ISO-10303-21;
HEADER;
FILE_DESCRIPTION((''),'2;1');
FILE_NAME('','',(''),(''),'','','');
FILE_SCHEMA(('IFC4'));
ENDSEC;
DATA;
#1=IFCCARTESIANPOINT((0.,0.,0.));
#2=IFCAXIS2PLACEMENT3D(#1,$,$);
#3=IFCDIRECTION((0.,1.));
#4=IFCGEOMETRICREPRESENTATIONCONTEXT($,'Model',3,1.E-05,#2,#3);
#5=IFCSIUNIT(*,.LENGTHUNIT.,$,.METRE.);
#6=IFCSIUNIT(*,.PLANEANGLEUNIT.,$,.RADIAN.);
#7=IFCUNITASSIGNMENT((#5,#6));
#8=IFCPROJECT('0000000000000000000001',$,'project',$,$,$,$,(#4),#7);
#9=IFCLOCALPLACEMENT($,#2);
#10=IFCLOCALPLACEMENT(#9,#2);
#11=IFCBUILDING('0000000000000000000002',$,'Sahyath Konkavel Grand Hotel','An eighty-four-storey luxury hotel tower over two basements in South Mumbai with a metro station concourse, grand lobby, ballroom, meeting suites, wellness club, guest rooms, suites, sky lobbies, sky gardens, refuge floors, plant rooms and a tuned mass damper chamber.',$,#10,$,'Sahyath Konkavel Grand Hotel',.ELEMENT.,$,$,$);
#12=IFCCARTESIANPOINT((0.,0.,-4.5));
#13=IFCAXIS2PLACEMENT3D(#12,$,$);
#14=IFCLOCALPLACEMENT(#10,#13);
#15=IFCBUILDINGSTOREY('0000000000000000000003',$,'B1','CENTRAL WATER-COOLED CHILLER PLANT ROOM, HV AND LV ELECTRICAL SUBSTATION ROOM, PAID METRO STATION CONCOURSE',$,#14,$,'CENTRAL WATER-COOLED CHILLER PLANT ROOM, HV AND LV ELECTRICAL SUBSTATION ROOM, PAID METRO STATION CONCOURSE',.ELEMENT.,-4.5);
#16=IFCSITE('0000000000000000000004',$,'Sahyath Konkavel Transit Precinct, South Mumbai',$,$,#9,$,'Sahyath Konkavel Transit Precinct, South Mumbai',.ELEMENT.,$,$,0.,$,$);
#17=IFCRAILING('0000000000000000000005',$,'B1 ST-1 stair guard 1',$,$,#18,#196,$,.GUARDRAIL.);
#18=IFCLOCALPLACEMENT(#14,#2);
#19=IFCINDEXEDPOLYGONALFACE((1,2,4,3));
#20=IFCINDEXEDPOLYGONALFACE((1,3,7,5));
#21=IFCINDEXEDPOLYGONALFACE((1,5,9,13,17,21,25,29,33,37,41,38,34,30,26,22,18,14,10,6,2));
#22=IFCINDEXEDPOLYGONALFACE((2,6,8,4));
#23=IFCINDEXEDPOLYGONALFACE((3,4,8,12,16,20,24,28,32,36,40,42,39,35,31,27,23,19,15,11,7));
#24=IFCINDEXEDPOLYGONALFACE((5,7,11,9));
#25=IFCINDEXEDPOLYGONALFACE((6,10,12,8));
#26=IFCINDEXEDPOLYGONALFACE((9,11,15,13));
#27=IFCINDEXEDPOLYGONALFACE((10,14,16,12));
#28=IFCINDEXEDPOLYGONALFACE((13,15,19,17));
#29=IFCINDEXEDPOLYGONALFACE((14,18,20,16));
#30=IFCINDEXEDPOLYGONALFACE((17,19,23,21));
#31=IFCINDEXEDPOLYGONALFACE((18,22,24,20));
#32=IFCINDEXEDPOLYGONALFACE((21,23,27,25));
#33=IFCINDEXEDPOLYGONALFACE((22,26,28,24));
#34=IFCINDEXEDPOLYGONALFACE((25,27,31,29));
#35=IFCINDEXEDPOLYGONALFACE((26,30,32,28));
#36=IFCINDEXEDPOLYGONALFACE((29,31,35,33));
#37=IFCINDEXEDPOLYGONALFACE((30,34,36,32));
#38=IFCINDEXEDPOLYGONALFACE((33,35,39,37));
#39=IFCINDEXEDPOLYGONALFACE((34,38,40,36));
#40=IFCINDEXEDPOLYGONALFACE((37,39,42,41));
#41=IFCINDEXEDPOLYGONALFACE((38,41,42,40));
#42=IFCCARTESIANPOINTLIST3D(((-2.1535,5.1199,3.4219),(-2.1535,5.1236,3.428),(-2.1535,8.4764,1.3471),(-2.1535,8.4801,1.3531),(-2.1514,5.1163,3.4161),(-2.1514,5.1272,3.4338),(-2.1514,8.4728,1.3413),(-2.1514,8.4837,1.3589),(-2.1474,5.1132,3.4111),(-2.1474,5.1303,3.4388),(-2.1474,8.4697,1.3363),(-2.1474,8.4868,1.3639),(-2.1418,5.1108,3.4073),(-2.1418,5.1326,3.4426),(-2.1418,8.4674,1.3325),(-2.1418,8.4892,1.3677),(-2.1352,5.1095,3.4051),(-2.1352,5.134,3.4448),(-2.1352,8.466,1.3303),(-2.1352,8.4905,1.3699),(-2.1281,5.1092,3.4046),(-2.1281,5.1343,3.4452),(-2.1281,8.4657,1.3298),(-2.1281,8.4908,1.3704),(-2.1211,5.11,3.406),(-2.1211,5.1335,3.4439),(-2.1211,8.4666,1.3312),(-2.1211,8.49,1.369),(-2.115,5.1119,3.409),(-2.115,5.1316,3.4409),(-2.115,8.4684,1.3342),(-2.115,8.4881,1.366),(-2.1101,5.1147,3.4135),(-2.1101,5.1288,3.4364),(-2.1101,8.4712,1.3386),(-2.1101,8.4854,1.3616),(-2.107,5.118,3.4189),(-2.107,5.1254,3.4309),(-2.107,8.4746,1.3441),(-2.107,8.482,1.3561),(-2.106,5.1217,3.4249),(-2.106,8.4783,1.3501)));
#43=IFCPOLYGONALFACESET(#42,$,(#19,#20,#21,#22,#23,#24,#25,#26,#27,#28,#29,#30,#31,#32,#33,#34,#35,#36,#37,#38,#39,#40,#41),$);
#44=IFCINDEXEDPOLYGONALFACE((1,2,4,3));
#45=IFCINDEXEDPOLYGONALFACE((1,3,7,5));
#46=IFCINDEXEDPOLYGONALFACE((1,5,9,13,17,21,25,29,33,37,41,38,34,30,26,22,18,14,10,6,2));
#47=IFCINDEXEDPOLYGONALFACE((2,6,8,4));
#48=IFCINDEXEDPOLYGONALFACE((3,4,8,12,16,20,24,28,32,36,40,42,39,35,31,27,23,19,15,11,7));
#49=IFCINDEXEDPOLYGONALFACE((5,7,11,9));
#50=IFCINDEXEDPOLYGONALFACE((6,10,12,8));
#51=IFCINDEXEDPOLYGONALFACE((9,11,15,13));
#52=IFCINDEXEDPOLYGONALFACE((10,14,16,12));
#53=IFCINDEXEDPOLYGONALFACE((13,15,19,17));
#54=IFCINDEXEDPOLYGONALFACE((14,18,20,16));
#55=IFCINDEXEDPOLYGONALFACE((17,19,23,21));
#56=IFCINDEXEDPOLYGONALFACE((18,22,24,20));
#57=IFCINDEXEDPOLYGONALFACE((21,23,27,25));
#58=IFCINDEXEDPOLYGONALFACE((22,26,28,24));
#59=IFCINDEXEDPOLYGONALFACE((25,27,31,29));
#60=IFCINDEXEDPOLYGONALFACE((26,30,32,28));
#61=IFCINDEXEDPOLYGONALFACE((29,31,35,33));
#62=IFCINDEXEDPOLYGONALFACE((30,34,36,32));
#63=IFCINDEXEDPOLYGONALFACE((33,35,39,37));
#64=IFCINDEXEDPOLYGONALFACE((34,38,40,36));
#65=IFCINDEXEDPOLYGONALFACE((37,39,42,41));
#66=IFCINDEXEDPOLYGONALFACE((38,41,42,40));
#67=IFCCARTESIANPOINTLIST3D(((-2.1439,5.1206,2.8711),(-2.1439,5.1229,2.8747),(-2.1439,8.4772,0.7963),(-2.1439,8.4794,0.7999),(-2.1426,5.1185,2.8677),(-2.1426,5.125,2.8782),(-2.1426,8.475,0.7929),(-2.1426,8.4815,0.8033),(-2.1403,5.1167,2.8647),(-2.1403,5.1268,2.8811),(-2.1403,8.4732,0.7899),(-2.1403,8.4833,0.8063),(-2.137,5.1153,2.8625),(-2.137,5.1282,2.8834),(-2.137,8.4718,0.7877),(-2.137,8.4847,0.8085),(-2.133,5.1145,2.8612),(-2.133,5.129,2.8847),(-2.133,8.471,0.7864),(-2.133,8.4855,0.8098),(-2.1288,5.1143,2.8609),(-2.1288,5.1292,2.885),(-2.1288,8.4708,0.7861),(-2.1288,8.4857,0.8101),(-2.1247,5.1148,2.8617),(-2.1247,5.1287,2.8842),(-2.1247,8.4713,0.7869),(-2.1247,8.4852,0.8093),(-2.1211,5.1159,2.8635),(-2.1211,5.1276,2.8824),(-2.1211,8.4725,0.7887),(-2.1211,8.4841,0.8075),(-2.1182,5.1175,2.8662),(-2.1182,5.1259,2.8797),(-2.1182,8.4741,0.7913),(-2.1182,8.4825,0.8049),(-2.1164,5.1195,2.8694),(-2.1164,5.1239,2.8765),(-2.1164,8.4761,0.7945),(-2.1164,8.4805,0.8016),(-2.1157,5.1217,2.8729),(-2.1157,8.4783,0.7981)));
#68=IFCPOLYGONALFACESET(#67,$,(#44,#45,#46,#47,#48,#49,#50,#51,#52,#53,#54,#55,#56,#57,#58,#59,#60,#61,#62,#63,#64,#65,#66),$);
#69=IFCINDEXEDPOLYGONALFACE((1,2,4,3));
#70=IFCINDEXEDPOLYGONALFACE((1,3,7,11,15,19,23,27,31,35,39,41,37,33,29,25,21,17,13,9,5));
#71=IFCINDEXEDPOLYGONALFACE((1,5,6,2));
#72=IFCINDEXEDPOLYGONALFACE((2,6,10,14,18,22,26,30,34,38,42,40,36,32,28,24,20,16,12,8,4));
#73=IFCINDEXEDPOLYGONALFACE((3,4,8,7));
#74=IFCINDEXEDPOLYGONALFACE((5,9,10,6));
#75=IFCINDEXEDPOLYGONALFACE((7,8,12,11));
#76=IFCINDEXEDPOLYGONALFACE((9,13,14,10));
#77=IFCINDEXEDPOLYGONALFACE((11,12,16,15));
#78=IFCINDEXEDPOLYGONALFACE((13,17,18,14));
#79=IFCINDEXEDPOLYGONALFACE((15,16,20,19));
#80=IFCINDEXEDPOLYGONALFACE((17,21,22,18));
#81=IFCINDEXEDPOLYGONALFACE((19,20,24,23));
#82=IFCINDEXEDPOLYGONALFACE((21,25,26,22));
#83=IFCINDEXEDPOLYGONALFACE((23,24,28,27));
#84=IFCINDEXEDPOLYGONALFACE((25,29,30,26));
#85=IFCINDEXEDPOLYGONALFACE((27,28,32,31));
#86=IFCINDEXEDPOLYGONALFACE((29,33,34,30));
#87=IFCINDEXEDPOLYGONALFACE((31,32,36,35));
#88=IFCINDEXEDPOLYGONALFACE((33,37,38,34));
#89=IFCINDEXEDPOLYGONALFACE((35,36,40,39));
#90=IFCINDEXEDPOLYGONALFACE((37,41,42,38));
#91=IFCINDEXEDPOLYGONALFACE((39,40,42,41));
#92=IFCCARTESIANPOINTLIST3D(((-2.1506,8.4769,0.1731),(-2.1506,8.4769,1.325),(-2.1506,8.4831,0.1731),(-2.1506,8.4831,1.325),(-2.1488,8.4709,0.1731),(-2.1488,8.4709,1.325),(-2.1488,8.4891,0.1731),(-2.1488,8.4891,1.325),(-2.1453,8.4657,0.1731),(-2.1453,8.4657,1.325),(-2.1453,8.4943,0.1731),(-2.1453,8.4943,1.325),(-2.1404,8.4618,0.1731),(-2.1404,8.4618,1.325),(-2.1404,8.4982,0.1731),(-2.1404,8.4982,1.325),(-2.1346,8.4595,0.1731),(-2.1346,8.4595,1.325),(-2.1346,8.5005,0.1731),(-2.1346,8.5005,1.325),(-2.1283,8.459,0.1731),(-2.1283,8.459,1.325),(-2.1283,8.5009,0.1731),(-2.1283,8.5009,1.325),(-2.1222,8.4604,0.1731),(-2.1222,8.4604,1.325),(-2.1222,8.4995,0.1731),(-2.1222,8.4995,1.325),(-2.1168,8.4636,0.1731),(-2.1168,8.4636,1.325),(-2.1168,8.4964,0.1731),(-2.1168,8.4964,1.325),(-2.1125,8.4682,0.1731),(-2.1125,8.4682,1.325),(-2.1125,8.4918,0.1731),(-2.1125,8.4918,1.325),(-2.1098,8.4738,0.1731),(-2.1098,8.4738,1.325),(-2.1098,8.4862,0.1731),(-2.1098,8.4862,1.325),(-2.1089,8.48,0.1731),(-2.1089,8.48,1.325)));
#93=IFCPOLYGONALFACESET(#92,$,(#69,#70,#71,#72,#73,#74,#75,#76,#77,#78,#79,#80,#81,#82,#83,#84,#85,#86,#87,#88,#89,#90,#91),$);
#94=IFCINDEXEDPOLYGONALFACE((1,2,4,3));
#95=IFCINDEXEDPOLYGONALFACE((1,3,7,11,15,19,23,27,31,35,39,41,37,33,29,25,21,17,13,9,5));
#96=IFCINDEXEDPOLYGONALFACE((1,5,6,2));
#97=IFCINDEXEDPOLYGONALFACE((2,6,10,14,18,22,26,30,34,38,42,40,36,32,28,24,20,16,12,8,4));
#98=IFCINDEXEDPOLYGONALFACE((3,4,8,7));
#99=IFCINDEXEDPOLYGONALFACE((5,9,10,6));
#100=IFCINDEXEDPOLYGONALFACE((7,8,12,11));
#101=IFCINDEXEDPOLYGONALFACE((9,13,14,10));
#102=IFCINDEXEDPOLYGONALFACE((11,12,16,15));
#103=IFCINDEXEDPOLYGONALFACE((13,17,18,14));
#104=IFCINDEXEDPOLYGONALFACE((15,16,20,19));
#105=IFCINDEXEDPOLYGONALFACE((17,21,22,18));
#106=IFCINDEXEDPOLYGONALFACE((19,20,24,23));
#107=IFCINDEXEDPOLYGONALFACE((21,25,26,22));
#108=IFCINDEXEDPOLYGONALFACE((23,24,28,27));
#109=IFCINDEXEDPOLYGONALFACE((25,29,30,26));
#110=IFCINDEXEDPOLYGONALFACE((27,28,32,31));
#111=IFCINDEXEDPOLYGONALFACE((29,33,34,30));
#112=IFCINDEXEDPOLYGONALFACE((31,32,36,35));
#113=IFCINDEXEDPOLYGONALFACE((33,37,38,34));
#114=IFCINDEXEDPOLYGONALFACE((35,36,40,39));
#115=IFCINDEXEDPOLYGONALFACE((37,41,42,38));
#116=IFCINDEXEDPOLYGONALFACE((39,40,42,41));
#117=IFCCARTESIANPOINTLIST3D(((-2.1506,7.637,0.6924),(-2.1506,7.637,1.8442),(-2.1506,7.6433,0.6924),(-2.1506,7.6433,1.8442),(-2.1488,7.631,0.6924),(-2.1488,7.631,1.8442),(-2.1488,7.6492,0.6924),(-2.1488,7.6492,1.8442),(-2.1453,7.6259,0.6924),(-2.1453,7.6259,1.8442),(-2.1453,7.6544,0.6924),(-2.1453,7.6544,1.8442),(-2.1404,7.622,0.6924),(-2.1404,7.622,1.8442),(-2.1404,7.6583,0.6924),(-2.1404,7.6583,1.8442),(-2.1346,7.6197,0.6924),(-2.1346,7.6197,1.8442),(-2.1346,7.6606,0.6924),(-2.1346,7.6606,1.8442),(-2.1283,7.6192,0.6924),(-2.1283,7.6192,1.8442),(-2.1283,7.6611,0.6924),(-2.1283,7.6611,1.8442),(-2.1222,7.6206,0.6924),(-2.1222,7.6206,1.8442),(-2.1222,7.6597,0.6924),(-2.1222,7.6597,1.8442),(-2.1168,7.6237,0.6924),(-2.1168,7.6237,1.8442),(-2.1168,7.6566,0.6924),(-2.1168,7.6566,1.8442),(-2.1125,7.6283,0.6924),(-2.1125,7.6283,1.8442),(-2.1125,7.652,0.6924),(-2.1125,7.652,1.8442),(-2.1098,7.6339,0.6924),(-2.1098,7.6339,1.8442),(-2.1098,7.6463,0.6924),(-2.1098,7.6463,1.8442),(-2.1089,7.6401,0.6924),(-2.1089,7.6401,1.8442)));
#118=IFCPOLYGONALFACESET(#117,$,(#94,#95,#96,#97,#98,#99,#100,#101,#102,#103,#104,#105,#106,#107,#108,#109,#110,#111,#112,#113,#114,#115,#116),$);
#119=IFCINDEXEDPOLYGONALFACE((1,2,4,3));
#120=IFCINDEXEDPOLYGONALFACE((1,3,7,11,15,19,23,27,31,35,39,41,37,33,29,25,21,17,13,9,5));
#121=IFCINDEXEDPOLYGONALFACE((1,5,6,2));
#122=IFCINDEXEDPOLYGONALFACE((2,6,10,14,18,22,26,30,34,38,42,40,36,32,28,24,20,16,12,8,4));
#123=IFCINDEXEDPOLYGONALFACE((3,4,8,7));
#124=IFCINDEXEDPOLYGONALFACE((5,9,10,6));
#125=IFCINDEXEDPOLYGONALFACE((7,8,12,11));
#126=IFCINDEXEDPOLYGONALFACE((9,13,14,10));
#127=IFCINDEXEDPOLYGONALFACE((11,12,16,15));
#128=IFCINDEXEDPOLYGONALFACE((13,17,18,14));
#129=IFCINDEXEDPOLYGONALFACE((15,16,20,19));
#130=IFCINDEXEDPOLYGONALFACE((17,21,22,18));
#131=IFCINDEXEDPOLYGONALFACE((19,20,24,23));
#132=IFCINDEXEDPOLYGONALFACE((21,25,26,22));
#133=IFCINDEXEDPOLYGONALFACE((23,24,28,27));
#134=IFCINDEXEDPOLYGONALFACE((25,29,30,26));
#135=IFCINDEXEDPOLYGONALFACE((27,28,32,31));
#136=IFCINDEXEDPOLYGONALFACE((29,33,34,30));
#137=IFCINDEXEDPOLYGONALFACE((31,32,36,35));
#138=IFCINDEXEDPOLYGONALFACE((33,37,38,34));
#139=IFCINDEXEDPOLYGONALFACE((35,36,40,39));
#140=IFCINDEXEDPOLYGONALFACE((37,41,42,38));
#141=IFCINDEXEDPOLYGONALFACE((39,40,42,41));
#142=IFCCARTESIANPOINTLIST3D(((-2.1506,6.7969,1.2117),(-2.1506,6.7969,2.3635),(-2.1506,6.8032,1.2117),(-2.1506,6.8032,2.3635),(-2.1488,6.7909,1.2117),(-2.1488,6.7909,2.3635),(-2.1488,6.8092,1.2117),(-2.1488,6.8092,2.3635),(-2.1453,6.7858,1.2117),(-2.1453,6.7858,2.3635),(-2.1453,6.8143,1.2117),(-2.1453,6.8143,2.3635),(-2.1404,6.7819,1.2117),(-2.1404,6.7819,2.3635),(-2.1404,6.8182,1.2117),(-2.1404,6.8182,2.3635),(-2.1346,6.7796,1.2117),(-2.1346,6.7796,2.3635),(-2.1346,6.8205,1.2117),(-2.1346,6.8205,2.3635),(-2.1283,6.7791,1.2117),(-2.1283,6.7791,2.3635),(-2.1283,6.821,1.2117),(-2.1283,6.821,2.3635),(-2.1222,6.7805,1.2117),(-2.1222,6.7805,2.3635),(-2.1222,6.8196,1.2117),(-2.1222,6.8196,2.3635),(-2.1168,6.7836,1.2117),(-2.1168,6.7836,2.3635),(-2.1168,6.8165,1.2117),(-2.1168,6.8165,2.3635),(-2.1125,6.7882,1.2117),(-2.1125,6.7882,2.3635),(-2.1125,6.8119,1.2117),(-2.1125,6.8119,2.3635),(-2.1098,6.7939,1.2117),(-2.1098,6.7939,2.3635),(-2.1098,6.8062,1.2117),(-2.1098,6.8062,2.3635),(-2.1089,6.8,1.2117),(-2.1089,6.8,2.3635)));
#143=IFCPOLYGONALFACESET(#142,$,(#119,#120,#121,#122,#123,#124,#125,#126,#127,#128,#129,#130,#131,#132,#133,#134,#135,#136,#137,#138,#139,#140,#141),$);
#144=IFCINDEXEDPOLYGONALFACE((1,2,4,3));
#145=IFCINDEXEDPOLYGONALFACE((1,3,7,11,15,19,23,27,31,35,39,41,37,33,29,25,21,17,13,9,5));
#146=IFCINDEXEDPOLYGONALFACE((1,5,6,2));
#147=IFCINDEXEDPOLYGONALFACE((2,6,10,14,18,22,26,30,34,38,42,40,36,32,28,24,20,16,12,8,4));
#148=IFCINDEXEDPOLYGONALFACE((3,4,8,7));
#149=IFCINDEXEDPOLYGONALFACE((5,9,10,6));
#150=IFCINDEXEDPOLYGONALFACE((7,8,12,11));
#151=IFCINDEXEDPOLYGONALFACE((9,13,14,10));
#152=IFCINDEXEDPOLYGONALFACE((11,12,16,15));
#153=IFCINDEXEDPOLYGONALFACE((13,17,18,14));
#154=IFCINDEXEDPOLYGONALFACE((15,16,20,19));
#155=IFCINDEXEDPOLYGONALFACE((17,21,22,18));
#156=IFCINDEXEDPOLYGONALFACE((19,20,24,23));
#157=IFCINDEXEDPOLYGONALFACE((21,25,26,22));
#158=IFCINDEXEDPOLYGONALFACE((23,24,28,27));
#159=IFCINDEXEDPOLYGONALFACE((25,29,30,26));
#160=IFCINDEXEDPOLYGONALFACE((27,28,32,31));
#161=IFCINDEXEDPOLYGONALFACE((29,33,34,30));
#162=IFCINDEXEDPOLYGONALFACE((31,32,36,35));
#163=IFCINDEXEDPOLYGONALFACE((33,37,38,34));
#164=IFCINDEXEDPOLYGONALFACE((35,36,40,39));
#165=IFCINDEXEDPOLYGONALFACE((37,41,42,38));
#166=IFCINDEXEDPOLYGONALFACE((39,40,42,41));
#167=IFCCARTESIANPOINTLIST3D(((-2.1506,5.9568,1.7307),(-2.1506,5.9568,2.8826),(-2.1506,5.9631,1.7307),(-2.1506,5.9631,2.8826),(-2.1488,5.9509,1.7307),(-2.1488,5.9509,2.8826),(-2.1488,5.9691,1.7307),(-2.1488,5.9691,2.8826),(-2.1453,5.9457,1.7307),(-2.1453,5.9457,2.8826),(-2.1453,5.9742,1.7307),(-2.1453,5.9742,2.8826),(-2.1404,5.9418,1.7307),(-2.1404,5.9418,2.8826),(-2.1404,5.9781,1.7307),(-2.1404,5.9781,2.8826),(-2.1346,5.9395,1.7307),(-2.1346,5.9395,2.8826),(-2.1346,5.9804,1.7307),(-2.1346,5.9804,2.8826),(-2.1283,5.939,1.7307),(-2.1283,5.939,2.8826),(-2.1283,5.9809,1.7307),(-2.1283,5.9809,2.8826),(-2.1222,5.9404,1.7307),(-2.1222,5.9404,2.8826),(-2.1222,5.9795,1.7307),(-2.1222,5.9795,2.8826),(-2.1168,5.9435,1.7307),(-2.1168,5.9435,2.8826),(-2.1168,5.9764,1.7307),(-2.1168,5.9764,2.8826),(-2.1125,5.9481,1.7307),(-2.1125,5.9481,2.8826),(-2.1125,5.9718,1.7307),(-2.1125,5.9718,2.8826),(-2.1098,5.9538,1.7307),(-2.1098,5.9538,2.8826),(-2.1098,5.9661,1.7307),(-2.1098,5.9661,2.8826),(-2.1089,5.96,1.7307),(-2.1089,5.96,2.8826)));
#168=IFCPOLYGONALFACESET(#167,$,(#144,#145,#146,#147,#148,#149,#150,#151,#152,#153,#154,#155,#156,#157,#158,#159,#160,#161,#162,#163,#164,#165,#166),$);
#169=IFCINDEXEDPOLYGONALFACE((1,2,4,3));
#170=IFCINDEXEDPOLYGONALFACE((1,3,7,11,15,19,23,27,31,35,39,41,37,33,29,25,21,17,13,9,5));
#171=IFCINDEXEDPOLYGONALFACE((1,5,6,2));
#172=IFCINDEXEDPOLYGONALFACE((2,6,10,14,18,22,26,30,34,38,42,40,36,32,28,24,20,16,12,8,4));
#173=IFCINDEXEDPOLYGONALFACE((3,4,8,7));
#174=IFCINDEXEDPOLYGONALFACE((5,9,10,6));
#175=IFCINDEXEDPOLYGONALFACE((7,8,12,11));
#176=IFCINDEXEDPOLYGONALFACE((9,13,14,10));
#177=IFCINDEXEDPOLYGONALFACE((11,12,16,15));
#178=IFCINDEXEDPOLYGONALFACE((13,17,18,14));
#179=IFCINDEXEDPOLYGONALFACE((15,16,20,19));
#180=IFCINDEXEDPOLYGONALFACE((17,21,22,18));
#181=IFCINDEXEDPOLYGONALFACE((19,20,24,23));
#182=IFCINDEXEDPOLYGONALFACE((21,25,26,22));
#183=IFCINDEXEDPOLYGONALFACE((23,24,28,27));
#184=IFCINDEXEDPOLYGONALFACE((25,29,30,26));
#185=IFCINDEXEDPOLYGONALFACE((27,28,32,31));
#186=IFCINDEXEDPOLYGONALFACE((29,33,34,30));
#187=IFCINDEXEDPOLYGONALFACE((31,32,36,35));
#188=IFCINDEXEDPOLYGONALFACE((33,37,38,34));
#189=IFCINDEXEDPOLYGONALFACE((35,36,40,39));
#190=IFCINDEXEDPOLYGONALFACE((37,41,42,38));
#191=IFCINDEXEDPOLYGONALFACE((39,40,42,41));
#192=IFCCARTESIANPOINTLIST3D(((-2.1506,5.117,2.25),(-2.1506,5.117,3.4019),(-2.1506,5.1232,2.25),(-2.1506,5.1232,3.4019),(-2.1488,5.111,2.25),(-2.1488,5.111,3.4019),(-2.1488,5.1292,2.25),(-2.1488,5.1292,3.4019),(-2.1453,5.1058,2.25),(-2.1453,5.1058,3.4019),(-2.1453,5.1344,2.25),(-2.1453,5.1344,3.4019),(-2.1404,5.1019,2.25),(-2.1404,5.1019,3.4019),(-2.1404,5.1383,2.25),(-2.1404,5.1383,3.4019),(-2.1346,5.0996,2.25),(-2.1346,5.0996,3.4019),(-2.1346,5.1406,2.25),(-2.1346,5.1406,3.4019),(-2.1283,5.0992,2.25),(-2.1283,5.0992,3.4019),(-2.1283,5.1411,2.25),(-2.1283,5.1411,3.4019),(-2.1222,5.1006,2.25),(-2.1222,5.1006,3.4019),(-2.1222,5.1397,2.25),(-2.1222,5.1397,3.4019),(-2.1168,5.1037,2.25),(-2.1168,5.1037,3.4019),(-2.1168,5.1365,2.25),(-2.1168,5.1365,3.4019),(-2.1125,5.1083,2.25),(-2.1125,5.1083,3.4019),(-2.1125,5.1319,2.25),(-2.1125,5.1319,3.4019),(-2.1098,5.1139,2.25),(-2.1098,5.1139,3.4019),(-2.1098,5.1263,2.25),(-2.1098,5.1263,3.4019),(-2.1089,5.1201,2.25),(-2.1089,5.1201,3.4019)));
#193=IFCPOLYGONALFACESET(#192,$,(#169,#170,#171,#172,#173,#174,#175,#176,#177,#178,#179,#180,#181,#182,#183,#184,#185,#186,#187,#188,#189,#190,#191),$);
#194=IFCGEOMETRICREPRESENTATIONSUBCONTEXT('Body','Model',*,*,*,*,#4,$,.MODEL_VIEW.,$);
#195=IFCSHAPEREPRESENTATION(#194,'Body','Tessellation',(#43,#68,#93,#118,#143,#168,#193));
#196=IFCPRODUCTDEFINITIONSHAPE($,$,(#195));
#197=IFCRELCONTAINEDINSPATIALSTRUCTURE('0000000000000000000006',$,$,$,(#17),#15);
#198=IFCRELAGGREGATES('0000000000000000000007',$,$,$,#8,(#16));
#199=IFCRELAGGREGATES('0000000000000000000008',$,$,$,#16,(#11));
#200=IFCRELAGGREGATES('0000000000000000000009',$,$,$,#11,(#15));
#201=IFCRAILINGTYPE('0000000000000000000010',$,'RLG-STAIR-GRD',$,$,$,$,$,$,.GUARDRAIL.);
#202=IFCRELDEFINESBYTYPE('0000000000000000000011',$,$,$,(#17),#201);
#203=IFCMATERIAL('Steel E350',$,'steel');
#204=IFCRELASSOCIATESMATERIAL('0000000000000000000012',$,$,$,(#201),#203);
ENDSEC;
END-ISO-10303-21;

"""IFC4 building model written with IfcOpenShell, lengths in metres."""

from ifc_helpers import new_model, si_unit, direction, frame, origin, origin_2d, place, context, subcontext, project, spatial, circle, extrude, material, type_object, element, save


model = new_model("IFC4")

# Units and contexts
model_context = context("Model", 3, precision=1e-05, world=origin(), true_north=direction((0.0, 1.0)))
body_context = subcontext(model_context, "Body", "Model", "MODEL_VIEW")
ifc_project = project(units=[si_unit("LENGTHUNIT", "METRE"), si_unit("PLANEANGLEUNIT", "RADIAN")], contexts=[model_context])

# Site, building, storey
site_placement = place(None, origin())
site = spatial("IfcSite", under=ifc_project, at=site_placement, Name="Sahyath Konkavel Transit Precinct, South Mumbai", LongName="Sahyath Konkavel Transit Precinct, South Mumbai", CompositionType="ELEMENT", RefElevation=0.0)
building_placement = place(site_placement, origin())
building = spatial("IfcBuilding", under=site, at=building_placement, Name="Sahyath Konkavel Grand Hotel", Description="An eighty-four-storey luxury hotel tower over two basements in South Mumbai with a metro station concourse, grand lobby, ballroom, meeting suites, wellness club, guest rooms, suites, sky lobbies, sky gardens, refuge floors, plant rooms and a tuned mass damper chamber.", LongName="Sahyath Konkavel Grand Hotel", CompositionType="ELEMENT")
storey_placement = place(building_placement, frame((0.0, 0.0, -4.5)))
storey = spatial("IfcBuildingStorey", under=building, at=storey_placement, Name="B1", Description="CENTRAL WATER-COOLED CHILLER PLANT ROOM, HV AND LV ELECTRICAL SUBSTATION ROOM, PAID METRO STATION CONCOURSE", LongName="CENTRAL WATER-COOLED CHILLER PLANT ROOM, HV AND LV ELECTRICAL SUBSTATION ROOM, PAID METRO STATION CONCOURSE", CompositionType="ELEMENT", Elevation=-4.5)

# Shared definitions
ifc_material_1 = material(Name="Steel E350", Category="steel")

# Railing
railing_type_1 = type_object("IfcRailingType", Name="RLG-STAIR-GRD", PredefinedType="GUARDRAIL", material=ifc_material_1)
railing_1_placement = place(storey_placement, frame((-2.1299, 8.48, 0.1731)))
element("IfcRailing", 1, at=railing_1_placement, inside=storey, type_object=railing_type_1, Name="B1 ST-1 stair guard 1", PredefinedType="GUARDRAIL", context=body_context, shape_type="SweptSolid", body=[
    extrude(circle(Radius=0.0239, at=origin_2d()), frame((0.0, -0.0017, 1.177), z_axis=(0.0, -0.850606, 0.525803), x_axis=(1.0, 0.0, 0.0)), (0.0, 0.0, 1.0), 3.946),
    extrude(circle(Radius=0.0142, at=origin_2d()), frame((0.0, -0.0017, 0.625), z_axis=(0.0, -0.850606, 0.525803), x_axis=(1.0, 0.0, 0.0)), (0.0, 0.0, 1.0), 3.946),
    extrude(circle(Radius=0.021, at=origin_2d()), origin(), (0.0, 0.0, 1.0), 1.1519),
    extrude(circle(Radius=0.021, at=origin_2d()), frame((0.0, -0.8398, 0.5193)), (0.0, 0.0, 1.0), 1.1519),
    extrude(circle(Radius=0.021, at=origin_2d()), frame((0.0, -1.6799, 1.0386)), (0.0, 0.0, 1.0), 1.1519),
    extrude(circle(Radius=0.021, at=origin_2d()), frame((0.0, -2.52, 1.5576)), (0.0, 0.0, 1.0), 1.1519),
    extrude(circle(Radius=0.021, at=origin_2d()), frame((0.0, -3.3599, 2.0769)), (0.0, 0.0, 1.0), 1.1519),
])

save(model, "model.ifc")
